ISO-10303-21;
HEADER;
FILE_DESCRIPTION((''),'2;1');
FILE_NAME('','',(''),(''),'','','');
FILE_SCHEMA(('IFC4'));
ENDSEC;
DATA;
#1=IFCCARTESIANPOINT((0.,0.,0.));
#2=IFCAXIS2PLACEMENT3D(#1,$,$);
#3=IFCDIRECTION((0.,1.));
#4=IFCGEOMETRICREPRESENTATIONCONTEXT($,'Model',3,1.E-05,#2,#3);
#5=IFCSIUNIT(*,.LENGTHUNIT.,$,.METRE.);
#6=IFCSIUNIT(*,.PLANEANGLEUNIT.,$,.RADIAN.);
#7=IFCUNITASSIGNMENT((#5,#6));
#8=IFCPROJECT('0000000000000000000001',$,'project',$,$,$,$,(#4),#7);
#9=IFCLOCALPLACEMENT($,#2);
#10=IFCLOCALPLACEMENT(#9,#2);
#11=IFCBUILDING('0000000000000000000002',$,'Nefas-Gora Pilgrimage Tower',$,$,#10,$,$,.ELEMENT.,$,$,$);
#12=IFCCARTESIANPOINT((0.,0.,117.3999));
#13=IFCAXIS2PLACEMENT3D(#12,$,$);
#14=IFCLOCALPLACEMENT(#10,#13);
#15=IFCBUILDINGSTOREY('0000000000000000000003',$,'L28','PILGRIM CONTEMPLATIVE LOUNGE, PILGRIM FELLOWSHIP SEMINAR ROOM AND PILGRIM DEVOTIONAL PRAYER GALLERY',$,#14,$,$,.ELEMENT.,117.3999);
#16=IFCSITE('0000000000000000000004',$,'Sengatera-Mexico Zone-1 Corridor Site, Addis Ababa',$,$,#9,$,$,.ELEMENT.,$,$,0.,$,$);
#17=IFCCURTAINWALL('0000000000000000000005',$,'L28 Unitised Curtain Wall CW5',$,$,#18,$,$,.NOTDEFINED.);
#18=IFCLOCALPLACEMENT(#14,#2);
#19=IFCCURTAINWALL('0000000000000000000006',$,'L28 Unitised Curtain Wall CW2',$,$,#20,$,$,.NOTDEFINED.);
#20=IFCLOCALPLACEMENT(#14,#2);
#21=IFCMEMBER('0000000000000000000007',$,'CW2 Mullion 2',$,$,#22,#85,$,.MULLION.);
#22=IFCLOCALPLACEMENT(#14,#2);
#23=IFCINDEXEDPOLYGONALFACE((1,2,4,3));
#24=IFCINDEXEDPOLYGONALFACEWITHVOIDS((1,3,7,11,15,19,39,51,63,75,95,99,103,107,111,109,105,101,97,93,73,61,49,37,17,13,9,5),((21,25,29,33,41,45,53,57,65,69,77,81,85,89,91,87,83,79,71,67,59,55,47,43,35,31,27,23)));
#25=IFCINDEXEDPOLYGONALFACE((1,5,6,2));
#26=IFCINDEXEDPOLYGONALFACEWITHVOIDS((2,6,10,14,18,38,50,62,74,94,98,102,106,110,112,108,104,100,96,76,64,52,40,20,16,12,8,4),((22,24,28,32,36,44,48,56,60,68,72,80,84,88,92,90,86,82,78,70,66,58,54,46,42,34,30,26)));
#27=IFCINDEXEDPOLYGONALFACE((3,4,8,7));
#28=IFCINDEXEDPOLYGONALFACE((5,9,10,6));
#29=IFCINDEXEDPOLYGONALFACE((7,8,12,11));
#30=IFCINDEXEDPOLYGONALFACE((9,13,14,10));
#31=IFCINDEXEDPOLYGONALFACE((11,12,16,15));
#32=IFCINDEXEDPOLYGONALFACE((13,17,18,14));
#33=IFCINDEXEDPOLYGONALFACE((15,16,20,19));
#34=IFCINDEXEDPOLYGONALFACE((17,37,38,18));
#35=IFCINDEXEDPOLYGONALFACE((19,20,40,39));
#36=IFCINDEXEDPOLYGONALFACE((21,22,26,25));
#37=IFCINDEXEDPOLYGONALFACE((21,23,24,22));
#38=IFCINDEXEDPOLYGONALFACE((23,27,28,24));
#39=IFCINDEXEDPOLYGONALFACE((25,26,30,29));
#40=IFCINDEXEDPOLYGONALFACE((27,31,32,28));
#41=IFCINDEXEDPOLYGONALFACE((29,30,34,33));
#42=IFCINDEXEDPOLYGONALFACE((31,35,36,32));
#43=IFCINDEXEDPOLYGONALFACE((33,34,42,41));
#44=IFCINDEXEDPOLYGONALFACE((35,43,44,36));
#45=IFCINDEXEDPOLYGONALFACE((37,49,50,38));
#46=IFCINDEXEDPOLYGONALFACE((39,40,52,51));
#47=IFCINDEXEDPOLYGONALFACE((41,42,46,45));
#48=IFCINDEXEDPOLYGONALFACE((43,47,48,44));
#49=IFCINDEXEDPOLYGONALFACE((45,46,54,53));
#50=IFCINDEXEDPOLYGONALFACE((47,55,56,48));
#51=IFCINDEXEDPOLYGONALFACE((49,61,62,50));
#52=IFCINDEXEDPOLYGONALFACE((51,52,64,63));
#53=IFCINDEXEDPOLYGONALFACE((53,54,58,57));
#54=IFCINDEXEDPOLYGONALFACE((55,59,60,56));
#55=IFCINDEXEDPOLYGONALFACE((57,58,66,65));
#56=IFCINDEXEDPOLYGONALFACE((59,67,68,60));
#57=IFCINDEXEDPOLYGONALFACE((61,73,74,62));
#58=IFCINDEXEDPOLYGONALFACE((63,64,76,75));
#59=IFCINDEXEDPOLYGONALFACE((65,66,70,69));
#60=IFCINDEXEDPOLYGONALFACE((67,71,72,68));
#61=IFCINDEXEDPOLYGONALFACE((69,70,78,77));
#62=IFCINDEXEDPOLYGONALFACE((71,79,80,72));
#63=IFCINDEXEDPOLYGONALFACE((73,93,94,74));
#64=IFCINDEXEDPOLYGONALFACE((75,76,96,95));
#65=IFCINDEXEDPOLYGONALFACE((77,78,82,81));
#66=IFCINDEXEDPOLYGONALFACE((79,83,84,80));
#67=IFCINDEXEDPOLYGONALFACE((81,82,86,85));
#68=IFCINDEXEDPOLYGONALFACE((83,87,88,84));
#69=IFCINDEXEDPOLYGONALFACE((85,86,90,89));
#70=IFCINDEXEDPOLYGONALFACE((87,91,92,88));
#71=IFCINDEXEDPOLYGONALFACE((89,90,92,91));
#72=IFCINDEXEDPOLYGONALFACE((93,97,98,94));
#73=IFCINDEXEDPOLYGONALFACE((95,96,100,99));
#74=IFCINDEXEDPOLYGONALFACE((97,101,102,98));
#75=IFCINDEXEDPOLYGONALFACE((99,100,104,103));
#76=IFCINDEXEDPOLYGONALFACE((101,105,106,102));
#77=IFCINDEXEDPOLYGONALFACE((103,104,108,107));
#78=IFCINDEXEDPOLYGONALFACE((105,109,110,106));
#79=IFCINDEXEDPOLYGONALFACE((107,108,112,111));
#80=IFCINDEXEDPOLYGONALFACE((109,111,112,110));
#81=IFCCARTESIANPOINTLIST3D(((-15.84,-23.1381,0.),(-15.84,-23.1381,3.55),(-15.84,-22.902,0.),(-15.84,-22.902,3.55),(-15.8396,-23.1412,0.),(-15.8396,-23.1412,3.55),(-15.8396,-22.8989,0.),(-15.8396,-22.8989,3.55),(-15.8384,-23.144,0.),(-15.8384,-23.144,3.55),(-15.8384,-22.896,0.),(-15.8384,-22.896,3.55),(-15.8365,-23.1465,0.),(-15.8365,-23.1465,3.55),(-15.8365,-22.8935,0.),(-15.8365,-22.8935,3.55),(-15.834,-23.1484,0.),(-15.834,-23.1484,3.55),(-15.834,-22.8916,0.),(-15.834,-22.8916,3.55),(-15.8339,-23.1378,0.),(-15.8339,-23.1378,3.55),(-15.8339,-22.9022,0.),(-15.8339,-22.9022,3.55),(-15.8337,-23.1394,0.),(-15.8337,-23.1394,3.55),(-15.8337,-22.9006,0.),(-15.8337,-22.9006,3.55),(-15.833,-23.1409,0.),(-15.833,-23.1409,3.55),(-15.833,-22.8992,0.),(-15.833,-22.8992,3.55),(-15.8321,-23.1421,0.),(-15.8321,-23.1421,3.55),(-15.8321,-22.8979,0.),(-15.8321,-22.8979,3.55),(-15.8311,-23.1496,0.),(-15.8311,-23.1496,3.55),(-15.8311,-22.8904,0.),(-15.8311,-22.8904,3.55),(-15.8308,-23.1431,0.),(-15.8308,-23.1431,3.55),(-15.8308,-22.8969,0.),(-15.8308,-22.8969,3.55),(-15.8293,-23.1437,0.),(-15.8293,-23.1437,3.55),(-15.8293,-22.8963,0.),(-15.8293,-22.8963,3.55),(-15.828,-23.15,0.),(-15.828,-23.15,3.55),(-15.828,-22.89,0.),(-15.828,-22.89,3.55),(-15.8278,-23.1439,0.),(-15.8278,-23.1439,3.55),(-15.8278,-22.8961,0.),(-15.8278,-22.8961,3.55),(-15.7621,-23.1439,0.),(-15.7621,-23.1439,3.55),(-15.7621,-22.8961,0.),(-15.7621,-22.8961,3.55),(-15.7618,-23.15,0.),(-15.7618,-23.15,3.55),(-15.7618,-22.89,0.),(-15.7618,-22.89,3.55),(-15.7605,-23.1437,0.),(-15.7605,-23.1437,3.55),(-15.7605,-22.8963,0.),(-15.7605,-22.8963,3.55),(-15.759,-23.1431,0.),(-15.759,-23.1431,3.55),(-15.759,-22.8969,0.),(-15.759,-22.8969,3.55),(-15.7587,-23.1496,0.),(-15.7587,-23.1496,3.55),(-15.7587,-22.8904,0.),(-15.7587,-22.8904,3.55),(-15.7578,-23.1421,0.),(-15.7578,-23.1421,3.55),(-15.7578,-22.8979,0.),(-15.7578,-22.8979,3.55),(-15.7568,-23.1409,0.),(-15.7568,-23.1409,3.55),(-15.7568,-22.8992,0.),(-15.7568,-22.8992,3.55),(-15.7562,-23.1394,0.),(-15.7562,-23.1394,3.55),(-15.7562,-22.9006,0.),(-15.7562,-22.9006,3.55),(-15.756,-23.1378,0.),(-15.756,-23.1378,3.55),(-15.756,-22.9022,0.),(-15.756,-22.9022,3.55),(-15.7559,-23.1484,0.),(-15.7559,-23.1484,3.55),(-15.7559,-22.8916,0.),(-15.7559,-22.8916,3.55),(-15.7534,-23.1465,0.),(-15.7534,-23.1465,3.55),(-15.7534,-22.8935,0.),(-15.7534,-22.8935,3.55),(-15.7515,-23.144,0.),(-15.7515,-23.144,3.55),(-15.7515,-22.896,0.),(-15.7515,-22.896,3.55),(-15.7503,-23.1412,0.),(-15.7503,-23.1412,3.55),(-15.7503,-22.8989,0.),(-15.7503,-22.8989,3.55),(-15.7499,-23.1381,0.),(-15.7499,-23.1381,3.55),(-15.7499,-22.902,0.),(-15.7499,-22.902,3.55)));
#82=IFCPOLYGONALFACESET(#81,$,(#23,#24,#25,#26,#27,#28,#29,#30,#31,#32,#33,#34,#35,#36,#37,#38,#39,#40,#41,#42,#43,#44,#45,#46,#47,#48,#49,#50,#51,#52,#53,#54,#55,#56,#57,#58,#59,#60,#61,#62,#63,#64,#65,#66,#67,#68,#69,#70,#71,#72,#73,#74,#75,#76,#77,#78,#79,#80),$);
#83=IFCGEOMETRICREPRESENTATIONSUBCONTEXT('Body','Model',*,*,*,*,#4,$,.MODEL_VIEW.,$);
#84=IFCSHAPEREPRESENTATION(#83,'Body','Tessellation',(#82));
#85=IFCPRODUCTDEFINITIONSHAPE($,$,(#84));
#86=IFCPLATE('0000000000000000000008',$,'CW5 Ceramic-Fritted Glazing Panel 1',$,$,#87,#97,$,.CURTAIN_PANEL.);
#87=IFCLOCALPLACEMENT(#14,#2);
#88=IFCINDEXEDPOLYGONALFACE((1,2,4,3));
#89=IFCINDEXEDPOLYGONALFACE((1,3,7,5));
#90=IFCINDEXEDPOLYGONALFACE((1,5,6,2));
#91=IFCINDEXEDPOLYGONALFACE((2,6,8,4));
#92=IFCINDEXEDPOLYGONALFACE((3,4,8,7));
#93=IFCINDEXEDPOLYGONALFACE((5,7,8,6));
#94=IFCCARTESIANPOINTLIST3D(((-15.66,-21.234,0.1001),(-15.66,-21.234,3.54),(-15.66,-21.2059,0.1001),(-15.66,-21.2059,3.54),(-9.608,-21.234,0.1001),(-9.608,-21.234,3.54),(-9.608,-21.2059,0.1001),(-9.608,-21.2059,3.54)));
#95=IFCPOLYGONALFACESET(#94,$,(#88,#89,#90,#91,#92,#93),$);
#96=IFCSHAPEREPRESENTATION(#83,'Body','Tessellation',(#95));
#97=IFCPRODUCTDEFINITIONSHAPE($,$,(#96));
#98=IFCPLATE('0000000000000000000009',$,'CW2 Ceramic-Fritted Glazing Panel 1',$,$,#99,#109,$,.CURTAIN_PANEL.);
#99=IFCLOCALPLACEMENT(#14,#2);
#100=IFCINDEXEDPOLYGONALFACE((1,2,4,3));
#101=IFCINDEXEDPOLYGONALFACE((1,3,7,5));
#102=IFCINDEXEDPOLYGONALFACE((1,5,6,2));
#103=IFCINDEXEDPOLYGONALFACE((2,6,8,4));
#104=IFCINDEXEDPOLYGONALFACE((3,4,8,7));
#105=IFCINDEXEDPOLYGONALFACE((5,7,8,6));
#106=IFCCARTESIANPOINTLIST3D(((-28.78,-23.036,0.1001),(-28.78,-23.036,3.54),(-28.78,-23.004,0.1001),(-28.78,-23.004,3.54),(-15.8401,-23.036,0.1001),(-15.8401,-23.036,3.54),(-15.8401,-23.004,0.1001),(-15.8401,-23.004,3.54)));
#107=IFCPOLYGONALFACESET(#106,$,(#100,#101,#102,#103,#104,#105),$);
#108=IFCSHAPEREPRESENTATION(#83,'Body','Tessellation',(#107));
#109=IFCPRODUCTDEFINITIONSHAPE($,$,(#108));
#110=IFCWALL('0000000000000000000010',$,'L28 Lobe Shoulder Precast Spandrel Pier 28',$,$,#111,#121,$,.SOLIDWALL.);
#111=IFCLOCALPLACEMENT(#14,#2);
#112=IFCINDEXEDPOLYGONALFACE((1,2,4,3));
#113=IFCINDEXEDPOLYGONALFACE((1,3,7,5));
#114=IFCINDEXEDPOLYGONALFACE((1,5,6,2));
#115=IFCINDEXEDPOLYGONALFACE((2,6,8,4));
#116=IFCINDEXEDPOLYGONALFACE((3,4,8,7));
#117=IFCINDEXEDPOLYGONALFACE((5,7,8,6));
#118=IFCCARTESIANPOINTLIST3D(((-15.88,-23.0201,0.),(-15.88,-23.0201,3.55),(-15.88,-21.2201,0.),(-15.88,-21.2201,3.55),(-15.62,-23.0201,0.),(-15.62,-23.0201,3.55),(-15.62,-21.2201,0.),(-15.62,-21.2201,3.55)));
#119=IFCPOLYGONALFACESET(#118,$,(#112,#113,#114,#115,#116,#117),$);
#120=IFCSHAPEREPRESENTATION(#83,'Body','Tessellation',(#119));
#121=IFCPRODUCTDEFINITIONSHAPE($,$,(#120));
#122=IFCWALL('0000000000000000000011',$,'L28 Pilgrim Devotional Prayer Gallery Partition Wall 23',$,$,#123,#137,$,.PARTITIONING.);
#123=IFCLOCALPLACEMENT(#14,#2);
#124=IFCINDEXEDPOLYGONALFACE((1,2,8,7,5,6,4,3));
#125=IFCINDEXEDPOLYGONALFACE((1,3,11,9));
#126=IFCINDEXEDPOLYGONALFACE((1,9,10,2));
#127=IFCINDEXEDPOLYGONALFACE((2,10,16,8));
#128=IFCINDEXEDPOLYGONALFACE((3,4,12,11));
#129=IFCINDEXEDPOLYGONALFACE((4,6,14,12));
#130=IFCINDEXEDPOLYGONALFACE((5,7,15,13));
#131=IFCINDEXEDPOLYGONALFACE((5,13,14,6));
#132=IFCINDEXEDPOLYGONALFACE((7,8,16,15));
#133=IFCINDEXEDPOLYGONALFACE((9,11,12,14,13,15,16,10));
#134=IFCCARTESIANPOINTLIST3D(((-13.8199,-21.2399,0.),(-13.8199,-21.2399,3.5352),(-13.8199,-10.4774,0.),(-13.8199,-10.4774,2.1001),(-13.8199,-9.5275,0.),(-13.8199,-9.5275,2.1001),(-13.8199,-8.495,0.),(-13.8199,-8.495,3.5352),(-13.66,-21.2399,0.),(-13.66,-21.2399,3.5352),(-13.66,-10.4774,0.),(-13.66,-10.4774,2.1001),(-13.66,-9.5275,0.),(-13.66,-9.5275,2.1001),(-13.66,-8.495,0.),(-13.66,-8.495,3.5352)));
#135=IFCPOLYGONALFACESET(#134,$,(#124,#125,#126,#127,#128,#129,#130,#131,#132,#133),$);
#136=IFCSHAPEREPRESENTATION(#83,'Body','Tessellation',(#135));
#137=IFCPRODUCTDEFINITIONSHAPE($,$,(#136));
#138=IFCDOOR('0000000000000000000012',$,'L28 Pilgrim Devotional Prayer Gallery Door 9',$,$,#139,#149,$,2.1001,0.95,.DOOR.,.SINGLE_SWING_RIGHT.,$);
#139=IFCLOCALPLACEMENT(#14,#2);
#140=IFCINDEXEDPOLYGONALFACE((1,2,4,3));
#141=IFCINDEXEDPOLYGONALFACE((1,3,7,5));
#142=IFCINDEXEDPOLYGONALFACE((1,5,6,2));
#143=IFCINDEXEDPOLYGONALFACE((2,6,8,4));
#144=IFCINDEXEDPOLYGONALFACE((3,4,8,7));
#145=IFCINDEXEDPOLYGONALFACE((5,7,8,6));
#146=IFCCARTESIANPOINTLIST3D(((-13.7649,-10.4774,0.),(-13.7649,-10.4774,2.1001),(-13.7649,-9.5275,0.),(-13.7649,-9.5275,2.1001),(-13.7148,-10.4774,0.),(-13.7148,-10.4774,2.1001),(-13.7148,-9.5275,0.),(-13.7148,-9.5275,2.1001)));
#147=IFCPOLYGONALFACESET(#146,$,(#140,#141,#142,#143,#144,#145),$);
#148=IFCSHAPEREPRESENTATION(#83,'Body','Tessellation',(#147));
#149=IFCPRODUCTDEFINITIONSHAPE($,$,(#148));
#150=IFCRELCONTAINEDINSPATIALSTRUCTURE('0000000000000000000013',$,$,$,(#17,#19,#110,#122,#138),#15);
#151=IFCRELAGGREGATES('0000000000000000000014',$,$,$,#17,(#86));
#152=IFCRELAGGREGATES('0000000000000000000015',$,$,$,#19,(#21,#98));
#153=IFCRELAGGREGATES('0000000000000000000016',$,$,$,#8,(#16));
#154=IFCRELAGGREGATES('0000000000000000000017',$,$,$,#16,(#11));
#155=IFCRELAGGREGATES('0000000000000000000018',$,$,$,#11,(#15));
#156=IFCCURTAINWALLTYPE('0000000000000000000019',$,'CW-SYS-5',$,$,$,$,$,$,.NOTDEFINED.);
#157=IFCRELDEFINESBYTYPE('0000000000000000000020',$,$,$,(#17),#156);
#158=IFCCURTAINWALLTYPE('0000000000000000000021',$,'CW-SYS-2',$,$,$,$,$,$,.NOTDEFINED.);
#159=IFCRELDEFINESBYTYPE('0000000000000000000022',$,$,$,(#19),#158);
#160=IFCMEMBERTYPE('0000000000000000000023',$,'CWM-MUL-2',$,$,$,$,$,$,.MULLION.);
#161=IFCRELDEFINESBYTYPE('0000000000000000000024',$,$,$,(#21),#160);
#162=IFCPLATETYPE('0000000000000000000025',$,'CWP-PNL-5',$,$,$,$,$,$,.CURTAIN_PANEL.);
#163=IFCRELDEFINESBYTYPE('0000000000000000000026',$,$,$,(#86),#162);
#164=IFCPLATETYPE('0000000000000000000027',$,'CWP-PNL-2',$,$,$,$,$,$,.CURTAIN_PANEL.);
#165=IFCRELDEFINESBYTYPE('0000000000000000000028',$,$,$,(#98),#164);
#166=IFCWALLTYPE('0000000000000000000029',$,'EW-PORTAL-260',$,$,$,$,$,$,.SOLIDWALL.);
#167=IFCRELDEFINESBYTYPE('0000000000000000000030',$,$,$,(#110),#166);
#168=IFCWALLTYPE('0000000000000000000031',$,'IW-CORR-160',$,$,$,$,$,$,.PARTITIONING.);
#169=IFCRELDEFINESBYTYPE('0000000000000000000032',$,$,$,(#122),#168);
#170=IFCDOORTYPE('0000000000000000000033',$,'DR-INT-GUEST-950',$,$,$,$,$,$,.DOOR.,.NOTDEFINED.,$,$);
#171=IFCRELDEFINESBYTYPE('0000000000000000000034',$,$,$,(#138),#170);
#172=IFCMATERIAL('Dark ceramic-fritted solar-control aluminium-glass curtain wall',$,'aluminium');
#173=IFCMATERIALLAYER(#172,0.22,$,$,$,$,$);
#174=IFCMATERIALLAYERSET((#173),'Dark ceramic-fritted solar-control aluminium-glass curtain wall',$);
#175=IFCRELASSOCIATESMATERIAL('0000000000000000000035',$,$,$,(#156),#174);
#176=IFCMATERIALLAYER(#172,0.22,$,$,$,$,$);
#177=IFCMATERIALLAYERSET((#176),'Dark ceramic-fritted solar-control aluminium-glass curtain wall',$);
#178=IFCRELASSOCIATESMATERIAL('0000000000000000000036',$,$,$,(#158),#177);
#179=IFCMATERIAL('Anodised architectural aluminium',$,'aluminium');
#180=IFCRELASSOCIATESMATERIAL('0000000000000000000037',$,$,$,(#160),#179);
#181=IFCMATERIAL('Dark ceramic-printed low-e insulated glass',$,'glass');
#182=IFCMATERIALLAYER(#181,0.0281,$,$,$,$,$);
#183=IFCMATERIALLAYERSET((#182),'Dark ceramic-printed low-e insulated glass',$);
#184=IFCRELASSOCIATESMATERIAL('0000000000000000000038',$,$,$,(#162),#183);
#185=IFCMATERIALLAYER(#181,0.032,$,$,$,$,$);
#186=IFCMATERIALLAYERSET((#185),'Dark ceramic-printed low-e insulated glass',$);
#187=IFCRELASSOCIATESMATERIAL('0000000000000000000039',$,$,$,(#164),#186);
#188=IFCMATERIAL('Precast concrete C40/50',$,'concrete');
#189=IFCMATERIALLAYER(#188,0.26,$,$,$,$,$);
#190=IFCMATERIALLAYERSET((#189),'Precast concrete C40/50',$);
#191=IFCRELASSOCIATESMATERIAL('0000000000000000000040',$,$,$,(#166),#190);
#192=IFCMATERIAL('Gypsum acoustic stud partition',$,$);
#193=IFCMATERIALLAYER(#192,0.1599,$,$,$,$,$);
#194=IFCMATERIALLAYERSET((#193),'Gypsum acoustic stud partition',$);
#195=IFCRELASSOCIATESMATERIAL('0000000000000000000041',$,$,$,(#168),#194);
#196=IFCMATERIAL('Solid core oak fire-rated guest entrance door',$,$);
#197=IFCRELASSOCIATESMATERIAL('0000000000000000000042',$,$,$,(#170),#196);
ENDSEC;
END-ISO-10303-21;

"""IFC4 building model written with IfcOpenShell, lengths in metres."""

from ifc_helpers import new_model, si_unit, direction, frame, frame_2d, origin, origin_2d, place, context, subcontext, project, spatial, rectangle, hollow_rectangle, extrude, source, transform, mapped, material, layer, layer_set, material_profile, profile_set, type_object, element, fill, aggregate, save


model = new_model("IFC4")

# Units and contexts
model_context = context("Model", 3, precision=1e-05, world=origin(), true_north=direction((0.0, 1.0)))
body_context = subcontext(model_context, "Body", "Model", "MODEL_VIEW")
ifc_project = project(units=[si_unit("LENGTHUNIT", "METRE"), si_unit("PLANEANGLEUNIT", "RADIAN")], contexts=[model_context])

# Site, building, storey
site_placement = place(None, origin())
site = spatial("IfcSite", under=ifc_project, at=site_placement, Name="Sengatera-Mexico Zone-1 Corridor Site, Addis Ababa", CompositionType="ELEMENT", RefElevation=0.0)
building_placement = place(site_placement, origin())
building = spatial("IfcBuilding", under=site, at=building_placement, Name="Nefas-Gora Pilgrimage Tower", CompositionType="ELEMENT")
storey_placement = place(building_placement, frame((0.0, 0.0, 117.3999)))
storey = spatial("IfcBuildingStorey", under=building, at=storey_placement, Name="L28", Description="PILGRIM CONTEMPLATIVE LOUNGE, PILGRIM FELLOWSHIP SEMINAR ROOM AND PILGRIM DEVOTIONAL PRAYER GALLERY", CompositionType="ELEMENT", Elevation=117.3999)

# Curtain wall
ifc_material_1 = material(Name="Dark ceramic-fritted solar-control aluminium-glass curtain wall", Category="aluminium")
ifc_layer_1 = layer(ifc_material_1, 0.22)
ifc_layer_set_1 = layer_set([ifc_layer_1], Name="Dark ceramic-fritted solar-control aluminium-glass curtain wall")
curtain_wall_type_1 = type_object("IfcCurtainWallType", Name="CW-SYS-5", PredefinedType="NOTDEFINED", material=ifc_layer_set_1)
curtain_wall_1_placement = place(storey_placement, origin())
curtain_wall_1 = element("IfcCurtainWall", 1, at=curtain_wall_1_placement, inside=storey, type_object=curtain_wall_type_1, Name="L28 Unitised Curtain Wall CW5", PredefinedType="NOTDEFINED")
ifc_material_2 = material(Name="Anodised architectural aluminium", Category="aluminium")

# Curtain wall, member
ifc_layer_2 = layer(ifc_material_1, 0.22)
ifc_layer_set_2 = layer_set([ifc_layer_2], Name="Dark ceramic-fritted solar-control aluminium-glass curtain wall")
curtain_wall_type_2 = type_object("IfcCurtainWallType", Name="CW-SYS-2", PredefinedType="NOTDEFINED", material=ifc_layer_set_2)
curtain_wall_2_placement = place(storey_placement, origin())
curtain_wall_2 = element("IfcCurtainWall", 2, at=curtain_wall_2_placement, inside=storey, type_object=curtain_wall_type_2, Name="L28 Unitised Curtain Wall CW2", PredefinedType="NOTDEFINED")
ifc_material_profile_1 = material_profile(ifc_material_2, hollow_rectangle(XDim=0.0901, YDim=0.26, WallThickness=0.0061, InnerFilletRadius=0.0061, OuterFilletRadius=0.012, at=origin_2d()), Name="ALU MULLION 90x260")
ifc_profile_set_1 = profile_set([ifc_material_profile_1], Name="Anodised architectural aluminium")
member_type_1 = type_object("IfcMemberType", Name="CWM-MUL-2", PredefinedType="MULLION", material=ifc_profile_set_1)
shared_shape_1 = source(origin(), body_context, "Body", "SweptSolid", [
    extrude(hollow_rectangle(XDim=0.0901, YDim=0.26, WallThickness=0.0061, InnerFilletRadius=0.0061, OuterFilletRadius=0.012, at=origin_2d()), origin(), (0.0, 0.0, 1.0), 3.55),
])
member_1_placement = place(storey_placement, frame((-15.7949, -23.02, 0.0), z_axis=(0.0, 0.0, 1.0), x_axis=(1.0, 0.0, 0.0)))
member_1 = element("IfcMember", 3, at=member_1_placement, type_object=member_type_1, Name="CW2 Mullion 2", PredefinedType="MULLION", context=body_context, shape_type="MappedRepresentation", body=[
    mapped(shared_shape_1, transform((0.0, 0.0, 0.0), x_axis=(1.0, 0.0, 0.0), y_axis=(0.0, 1.0, 0.0), z_axis=(0.0, 0.0, 1.0), scale=1.0)),
])

# Plates
ifc_material_3 = material(Name="Dark ceramic-printed low-e insulated glass", Category="glass")
ifc_layer_3 = layer(ifc_material_3, 0.0281)
ifc_layer_set_3 = layer_set([ifc_layer_3], Name="Dark ceramic-printed low-e insulated glass")
plate_type_1 = type_object("IfcPlateType", Name="CWP-PNL-5", PredefinedType="CURTAIN_PANEL", material=ifc_layer_set_3)
shared_shape_2 = source(origin(), body_context, "Body", "SweptSolid", [
    extrude(rectangle(XDim=6.052, YDim=0.0281, at=origin_2d()), origin(), (0.0, 0.0, 1.0), 3.4399),
])
plate_1_placement = place(storey_placement, frame((-12.634, -21.22, 0.1001), z_axis=(0.0, 0.0, 1.0), x_axis=(1.0, 0.0, 0.0)))
plate_1 = element("IfcPlate", 4, at=plate_1_placement, type_object=plate_type_1, Name="CW5 Ceramic-Fritted Glazing Panel 1", PredefinedType="CURTAIN_PANEL", context=body_context, shape_type="MappedRepresentation", body=[
    mapped(shared_shape_2, transform((0.0, 0.0, 0.0), x_axis=(1.0, 0.0, 0.0), y_axis=(0.0, 1.0, 0.0), z_axis=(0.0, 0.0, 1.0), scale=1.0)),
])
aggregate(curtain_wall_1, [plate_1])
ifc_layer_4 = layer(ifc_material_3, 0.032)
ifc_layer_set_4 = layer_set([ifc_layer_4], Name="Dark ceramic-printed low-e insulated glass")
plate_type_2 = type_object("IfcPlateType", Name="CWP-PNL-2", PredefinedType="CURTAIN_PANEL", material=ifc_layer_set_4)
shared_shape_3 = source(origin(), body_context, "Body", "SweptSolid", [
    extrude(rectangle(XDim=12.9399, YDim=0.032, at=origin_2d()), origin(), (0.0, 0.0, 1.0), 3.4399),
])
plate_2_placement = place(storey_placement, frame((-22.3101, -23.02, 0.1001), z_axis=(0.0, 0.0, 1.0), x_axis=(1.0, 0.0, 0.0)))
plate_2 = element("IfcPlate", 5, at=plate_2_placement, type_object=plate_type_2, Name="CW2 Ceramic-Fritted Glazing Panel 1", PredefinedType="CURTAIN_PANEL", context=body_context, shape_type="MappedRepresentation", body=[
    mapped(shared_shape_3, transform((0.0, 0.0, 0.0), x_axis=(1.0, 0.0, 0.0), y_axis=(0.0, 1.0, 0.0), z_axis=(0.0, 0.0, 1.0), scale=1.0)),
])
aggregate(curtain_wall_2, [member_1, plate_2])

# Wall
ifc_material_4 = material(Name="Precast concrete C40/50", Category="concrete")
ifc_layer_5 = layer(ifc_material_4, 0.26)
ifc_layer_set_5 = layer_set([ifc_layer_5], Name="Precast concrete C40/50")
wall_type_1 = type_object("IfcWallType", Name="EW-PORTAL-260", PredefinedType="SOLIDWALL", material=ifc_layer_set_5)
shared_shape_4 = source(origin(), body_context, "Body", "SweptSolid", [
    extrude(rectangle(XDim=1.8, YDim=0.26, at=frame_2d((0.8999, 0.0))), origin(), (0.0, 0.0, 1.0), 3.55),
])
wall_1_placement = place(storey_placement, frame((-15.75, -23.02, 0.0), z_axis=(0.0, 0.0, 1.0), x_axis=(0.0, 1.0, 0.0)))
element("IfcWall", 6, at=wall_1_placement, inside=storey, type_object=wall_type_1, Name="L28 Lobe Shoulder Precast Spandrel Pier 28", PredefinedType="SOLIDWALL", context=body_context, shape_type="MappedRepresentation", body=[
    mapped(shared_shape_4, transform((0.0, 0.0, 0.0), x_axis=(1.0, 0.0, 0.0), y_axis=(0.0, 1.0, 0.0), z_axis=(0.0, 0.0, 1.0), scale=1.0)),
])

# Wall, opening, door
ifc_material_5 = material(Name="Gypsum acoustic stud partition")
ifc_layer_6 = layer(ifc_material_5, 0.1599)
ifc_layer_set_6 = layer_set([ifc_layer_6], Name="Gypsum acoustic stud partition")
wall_type_2 = type_object("IfcWallType", Name="IW-CORR-160", PredefinedType="PARTITIONING", material=ifc_layer_set_6)
shared_shape_5 = source(origin(), body_context, "Body", "SweptSolid", [
    extrude(rectangle(XDim=12.7449, YDim=0.1599, at=frame_2d((6.3726, 0.0))), origin(), (0.0, 0.0, 1.0), 3.5352),
])
wall_2_placement = place(storey_placement, frame((-13.74, -21.24, 0.0), z_axis=(0.0, 0.0, 1.0), x_axis=(0.0, 1.0, 0.0)))
wall_2 = element("IfcWall", 7, at=wall_2_placement, inside=storey, type_object=wall_type_2, Name="L28 Pilgrim Devotional Prayer Gallery Partition Wall 23", PredefinedType="PARTITIONING", context=body_context, shape_type="MappedRepresentation", body=[
    mapped(shared_shape_5, transform((0.0, 0.0, 0.0), x_axis=(1.0, 0.0, 0.0), y_axis=(0.0, 1.0, 0.0), z_axis=(0.0, 0.0, 1.0), scale=1.0)),
])
opening_1_placement = place(wall_2_placement, frame((10.7625, 0.0, 0.0)))
opening_1 = element("IfcOpeningElement", 8, at=opening_1_placement, cuts=wall_2, PredefinedType="OPENING", context=body_context, shape_type="SweptSolid", body=[
    extrude(rectangle(XDim=0.95, YDim=2.1001, at=frame_2d((0.4751, 1.05))), frame((0.0, 0.0898, 0.0), z_axis=(0.0, -1.0, 0.0), x_axis=(1.0, 0.0, 0.0)), (0.0, 0.0, 1.0), 0.1799),
])
ifc_material_6 = material(Name="Solid core oak fire-rated guest entrance door")
door_type = type_object("IfcDoorType", Name="DR-INT-GUEST-950", OperationType="NOTDEFINED", PredefinedType="DOOR", material=ifc_material_6)
shared_shape_6 = source(origin(), body_context, "Body", "SweptSolid", [
    extrude(rectangle(XDim=0.95, YDim=2.1001, at=frame_2d((0.4751, 1.05))), frame((0.0, 0.0249, 0.0), z_axis=(0.0, -1.0, 0.0), x_axis=(1.0, 0.0, 0.0)), (0.0, 0.0, 1.0), 0.05),
])
door_1_placement = place(opening_1_placement, origin())
door_1 = element("IfcDoor", 9, at=door_1_placement, inside=storey, type_object=door_type, Name="L28 Pilgrim Devotional Prayer Gallery Door 9", OperationType="SINGLE_SWING_RIGHT", OverallHeight=2.1001, OverallWidth=0.95, PredefinedType="DOOR", context=body_context, shape_type="MappedRepresentation", body=[
    mapped(shared_shape_6, transform((0.0, 0.0, 0.0), x_axis=(1.0, 0.0, 0.0), y_axis=(0.0, 1.0, 0.0), z_axis=(0.0, 0.0, 1.0), scale=1.0)),
])
fill(opening_1, door_1)

save(model, "model.ifc")
